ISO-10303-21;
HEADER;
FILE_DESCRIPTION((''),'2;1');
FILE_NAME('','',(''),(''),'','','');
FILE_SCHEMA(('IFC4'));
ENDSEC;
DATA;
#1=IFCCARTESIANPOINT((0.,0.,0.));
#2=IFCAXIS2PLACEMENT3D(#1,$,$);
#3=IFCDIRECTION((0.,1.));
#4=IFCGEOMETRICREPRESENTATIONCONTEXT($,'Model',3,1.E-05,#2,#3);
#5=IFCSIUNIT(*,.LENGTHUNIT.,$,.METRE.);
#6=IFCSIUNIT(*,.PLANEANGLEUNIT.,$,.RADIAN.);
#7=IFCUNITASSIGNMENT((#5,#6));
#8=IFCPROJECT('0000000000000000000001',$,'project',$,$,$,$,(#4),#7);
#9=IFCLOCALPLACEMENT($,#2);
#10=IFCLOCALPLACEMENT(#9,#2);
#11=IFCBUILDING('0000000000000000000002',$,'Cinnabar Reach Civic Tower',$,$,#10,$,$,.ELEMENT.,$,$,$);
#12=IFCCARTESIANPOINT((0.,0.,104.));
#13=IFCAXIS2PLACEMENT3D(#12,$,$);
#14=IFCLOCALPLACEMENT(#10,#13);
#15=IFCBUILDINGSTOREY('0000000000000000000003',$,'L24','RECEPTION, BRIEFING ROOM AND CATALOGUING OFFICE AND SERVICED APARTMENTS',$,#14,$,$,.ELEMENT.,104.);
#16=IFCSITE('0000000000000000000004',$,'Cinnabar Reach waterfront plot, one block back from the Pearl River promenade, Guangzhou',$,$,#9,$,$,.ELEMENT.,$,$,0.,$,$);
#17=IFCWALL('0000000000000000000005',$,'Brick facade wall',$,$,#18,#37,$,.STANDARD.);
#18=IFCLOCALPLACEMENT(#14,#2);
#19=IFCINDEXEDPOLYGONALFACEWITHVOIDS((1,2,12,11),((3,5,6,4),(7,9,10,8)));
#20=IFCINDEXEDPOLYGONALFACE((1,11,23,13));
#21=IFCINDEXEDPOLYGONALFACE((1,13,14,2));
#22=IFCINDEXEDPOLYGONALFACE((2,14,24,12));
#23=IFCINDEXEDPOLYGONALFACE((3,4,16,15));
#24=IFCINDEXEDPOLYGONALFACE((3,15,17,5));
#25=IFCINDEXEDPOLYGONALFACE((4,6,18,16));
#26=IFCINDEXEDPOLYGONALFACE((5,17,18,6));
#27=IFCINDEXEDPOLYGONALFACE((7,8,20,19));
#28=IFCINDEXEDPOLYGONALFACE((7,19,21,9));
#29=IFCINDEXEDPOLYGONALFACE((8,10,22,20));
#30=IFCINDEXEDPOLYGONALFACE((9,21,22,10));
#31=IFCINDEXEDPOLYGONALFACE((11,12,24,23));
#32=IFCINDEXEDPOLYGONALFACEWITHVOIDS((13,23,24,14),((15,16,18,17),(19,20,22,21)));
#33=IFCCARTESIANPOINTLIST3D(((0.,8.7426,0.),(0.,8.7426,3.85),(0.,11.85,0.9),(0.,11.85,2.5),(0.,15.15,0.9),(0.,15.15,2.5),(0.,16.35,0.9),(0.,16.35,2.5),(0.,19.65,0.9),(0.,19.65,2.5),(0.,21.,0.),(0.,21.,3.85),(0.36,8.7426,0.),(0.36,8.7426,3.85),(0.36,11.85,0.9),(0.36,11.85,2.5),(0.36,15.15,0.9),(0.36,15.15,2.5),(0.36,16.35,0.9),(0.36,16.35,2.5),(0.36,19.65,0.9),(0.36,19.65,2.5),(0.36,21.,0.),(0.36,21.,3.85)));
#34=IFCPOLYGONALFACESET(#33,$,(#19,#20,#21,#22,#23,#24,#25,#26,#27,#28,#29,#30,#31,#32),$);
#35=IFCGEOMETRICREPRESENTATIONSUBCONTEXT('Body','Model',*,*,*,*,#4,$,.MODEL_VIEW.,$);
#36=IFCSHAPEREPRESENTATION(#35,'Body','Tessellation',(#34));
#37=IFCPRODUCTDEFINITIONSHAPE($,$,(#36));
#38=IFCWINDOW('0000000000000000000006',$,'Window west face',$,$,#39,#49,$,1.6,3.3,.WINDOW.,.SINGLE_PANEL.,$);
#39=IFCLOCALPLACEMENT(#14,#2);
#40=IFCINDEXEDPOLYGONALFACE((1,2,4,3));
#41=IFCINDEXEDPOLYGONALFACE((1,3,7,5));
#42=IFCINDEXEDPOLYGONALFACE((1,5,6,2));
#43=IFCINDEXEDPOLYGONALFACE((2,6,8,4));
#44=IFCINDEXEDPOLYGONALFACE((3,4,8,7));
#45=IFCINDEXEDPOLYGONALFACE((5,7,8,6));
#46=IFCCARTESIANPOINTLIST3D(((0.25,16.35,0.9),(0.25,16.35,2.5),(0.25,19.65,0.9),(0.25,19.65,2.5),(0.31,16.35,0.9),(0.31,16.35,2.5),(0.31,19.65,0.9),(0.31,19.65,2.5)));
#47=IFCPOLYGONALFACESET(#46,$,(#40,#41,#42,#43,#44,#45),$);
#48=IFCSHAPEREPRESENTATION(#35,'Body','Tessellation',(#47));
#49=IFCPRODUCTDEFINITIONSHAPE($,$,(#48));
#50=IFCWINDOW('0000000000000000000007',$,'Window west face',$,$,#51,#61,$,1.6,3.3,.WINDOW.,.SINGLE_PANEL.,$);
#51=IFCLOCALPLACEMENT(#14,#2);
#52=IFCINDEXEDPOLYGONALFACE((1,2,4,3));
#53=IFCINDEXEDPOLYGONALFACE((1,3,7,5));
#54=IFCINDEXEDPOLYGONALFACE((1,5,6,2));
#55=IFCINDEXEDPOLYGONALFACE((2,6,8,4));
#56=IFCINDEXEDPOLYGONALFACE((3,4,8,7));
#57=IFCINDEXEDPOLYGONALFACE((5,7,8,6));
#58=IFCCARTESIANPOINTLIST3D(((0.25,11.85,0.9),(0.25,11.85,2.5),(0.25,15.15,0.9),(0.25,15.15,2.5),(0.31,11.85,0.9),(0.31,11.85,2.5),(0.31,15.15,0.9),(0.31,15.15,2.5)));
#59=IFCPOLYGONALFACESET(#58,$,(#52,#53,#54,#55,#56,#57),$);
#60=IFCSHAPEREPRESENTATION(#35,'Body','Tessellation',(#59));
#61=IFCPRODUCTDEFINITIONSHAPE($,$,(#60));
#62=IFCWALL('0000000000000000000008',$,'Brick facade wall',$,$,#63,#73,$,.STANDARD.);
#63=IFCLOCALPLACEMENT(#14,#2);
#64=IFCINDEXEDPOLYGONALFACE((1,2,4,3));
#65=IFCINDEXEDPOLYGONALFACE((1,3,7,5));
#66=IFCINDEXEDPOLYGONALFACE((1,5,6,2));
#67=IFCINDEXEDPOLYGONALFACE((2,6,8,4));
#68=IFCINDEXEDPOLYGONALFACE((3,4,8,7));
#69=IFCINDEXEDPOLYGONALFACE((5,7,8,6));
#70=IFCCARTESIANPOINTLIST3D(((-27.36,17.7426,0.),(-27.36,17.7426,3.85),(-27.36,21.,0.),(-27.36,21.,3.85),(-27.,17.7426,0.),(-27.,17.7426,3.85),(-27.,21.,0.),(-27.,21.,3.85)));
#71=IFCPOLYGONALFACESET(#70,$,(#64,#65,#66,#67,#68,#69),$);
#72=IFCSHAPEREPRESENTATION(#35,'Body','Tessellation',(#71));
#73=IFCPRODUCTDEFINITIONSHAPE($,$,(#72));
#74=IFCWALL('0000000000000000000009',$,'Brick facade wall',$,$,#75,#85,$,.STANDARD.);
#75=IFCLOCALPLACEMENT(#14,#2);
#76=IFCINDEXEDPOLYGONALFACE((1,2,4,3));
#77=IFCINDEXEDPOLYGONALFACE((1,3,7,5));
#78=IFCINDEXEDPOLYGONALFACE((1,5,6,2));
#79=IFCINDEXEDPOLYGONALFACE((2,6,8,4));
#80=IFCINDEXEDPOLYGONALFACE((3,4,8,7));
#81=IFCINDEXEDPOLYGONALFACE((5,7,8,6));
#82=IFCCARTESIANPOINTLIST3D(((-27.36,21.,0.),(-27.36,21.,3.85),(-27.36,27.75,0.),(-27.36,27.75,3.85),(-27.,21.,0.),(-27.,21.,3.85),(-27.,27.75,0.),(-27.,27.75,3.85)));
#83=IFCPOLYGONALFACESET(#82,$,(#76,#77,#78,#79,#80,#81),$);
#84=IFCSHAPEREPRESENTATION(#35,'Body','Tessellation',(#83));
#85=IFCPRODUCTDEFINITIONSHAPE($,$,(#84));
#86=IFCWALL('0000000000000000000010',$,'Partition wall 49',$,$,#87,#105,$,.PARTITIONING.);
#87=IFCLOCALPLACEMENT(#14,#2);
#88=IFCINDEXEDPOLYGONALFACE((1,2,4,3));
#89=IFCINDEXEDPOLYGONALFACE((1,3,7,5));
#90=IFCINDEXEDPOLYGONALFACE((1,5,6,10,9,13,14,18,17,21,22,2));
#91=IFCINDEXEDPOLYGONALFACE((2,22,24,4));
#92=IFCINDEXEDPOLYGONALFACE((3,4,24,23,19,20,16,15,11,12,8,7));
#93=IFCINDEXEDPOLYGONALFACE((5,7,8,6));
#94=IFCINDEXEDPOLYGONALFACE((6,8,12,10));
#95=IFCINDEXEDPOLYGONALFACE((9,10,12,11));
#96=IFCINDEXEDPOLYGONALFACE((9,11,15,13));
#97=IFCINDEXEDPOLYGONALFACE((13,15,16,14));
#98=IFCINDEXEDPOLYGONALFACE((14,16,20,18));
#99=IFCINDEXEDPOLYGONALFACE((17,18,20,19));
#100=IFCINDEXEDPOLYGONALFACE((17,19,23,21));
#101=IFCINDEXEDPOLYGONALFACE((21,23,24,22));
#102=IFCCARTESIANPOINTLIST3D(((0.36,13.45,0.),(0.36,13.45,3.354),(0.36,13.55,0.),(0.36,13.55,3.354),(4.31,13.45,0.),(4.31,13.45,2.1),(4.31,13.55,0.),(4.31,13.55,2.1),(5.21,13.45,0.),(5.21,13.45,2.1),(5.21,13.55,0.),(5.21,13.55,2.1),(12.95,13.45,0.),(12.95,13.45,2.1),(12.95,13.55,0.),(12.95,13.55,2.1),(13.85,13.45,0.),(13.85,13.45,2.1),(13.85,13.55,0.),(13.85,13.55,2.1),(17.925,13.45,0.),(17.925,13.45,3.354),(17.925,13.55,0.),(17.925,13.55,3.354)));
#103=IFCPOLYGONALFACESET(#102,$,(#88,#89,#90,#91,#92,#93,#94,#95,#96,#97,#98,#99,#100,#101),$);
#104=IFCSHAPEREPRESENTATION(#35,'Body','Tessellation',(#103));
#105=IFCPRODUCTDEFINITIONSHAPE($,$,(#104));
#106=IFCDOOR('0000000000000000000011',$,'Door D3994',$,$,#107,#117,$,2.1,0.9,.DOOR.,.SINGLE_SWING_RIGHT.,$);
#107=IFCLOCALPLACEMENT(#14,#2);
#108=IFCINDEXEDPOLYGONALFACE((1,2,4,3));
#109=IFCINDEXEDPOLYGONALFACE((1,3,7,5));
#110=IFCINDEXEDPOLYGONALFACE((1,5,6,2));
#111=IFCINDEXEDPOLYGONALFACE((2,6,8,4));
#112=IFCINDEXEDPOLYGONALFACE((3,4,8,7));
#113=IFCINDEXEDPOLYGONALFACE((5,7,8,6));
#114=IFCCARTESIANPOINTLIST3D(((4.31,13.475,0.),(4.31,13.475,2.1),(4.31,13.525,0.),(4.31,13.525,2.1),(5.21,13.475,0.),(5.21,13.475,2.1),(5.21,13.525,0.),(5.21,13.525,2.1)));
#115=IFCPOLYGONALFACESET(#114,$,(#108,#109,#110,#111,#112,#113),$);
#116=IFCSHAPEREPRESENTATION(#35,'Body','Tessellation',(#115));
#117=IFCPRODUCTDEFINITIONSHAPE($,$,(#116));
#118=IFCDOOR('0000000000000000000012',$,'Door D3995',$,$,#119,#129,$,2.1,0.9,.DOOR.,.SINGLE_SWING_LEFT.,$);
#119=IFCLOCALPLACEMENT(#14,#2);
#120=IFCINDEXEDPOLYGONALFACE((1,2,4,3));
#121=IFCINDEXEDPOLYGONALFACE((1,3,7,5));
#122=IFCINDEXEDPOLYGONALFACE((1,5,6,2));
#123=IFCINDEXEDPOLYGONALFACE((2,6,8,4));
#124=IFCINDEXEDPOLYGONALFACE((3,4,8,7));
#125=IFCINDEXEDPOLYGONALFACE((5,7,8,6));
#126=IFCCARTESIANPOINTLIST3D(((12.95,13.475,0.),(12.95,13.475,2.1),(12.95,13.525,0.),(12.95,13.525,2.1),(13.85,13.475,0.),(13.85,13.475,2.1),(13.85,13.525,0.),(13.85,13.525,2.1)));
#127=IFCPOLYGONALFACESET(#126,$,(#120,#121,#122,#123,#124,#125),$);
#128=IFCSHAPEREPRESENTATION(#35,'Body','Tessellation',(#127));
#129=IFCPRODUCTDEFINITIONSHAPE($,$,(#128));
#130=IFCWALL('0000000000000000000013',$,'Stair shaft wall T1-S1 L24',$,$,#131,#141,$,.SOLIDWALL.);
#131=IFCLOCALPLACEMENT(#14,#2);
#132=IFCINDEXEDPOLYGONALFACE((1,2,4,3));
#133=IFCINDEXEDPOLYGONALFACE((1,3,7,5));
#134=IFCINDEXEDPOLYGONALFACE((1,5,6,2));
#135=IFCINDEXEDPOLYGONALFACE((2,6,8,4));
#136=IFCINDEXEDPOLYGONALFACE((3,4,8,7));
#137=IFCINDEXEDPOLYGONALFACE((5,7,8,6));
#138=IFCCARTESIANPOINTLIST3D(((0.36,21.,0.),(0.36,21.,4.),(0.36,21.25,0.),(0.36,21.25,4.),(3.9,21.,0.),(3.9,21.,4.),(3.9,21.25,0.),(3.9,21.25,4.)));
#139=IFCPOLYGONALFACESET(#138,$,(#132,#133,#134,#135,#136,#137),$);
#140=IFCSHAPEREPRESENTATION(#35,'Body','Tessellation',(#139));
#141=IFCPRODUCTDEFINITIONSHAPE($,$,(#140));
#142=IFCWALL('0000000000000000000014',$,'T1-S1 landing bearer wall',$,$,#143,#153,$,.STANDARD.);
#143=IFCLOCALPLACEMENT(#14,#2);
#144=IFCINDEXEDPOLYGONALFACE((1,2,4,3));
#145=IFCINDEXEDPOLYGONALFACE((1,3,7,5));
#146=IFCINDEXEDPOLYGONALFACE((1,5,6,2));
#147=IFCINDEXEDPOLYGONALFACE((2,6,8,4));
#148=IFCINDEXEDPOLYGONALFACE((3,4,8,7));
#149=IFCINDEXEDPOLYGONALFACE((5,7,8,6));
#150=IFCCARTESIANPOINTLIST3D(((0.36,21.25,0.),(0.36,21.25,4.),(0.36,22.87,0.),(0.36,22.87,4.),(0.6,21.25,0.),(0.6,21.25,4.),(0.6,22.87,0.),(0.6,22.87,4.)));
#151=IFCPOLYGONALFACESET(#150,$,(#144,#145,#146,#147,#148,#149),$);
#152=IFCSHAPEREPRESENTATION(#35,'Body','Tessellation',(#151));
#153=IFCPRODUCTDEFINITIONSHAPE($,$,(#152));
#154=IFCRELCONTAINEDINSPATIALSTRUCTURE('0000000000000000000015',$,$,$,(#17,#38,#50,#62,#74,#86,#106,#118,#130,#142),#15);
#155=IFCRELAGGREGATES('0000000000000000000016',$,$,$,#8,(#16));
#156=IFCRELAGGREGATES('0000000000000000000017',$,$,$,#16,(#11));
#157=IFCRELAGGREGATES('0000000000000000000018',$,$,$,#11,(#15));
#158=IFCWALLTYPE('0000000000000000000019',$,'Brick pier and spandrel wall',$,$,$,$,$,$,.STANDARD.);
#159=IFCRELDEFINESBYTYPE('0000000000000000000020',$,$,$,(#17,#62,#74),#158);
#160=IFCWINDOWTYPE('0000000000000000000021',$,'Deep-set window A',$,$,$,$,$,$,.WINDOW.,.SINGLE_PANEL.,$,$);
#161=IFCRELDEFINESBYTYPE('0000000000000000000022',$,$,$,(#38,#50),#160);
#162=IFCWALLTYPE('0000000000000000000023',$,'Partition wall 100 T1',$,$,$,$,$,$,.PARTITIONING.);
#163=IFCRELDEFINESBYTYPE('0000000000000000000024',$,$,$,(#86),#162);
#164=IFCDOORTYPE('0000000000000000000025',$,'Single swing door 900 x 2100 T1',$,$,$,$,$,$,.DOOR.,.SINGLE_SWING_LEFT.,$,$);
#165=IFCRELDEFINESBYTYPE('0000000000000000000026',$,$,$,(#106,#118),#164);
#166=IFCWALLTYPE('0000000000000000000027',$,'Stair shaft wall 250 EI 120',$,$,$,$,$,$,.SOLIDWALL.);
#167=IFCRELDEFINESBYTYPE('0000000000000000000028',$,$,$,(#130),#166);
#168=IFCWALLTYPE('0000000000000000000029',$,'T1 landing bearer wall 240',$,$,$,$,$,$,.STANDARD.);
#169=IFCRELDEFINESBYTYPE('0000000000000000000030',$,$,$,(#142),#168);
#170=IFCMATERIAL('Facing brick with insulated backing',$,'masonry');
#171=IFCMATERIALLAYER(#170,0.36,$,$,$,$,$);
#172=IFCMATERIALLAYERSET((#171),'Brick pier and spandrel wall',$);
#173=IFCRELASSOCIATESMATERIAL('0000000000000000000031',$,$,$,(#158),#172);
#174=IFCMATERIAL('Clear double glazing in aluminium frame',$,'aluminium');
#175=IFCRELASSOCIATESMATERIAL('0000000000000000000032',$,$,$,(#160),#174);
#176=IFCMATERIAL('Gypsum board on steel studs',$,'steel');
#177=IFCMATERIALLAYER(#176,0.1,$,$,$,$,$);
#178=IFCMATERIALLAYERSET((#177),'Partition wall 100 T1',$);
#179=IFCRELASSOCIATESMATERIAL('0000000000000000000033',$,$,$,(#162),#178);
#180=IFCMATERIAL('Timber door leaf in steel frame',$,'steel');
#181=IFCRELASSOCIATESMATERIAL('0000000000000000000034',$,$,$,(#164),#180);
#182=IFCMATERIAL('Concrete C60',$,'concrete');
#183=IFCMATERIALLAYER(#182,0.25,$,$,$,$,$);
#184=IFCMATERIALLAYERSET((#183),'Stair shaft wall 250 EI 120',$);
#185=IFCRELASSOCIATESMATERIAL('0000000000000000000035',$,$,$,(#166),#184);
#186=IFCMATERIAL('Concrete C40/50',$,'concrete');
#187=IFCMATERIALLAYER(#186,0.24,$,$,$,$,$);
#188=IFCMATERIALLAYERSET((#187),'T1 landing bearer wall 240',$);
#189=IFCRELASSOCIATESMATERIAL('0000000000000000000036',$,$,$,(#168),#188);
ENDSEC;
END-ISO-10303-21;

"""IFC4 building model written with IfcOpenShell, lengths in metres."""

from ifc_helpers import new_model, si_unit, direction, frame, frame_2d, origin, place, context, subcontext, project, spatial, rectangle, extrude, material, layer, layer_set, type_object, element, fill, save


model = new_model("IFC4")

# Units and contexts
model_context = context("Model", 3, precision=1e-05, world=origin(), true_north=direction((0.0, 1.0)))
body_context = subcontext(model_context, "Body", "Model", "MODEL_VIEW")
ifc_project = project(units=[si_unit("LENGTHUNIT", "METRE"), si_unit("PLANEANGLEUNIT", "RADIAN")], contexts=[model_context])

# Site, building, storey
site_placement = place(None, origin())
site = spatial("IfcSite", under=ifc_project, at=site_placement, Name="Cinnabar Reach waterfront plot, one block back from the Pearl River promenade, Guangzhou", CompositionType="ELEMENT", RefElevation=0.0)
building_placement = place(site_placement, origin())
building = spatial("IfcBuilding", under=site, at=building_placement, Name="Cinnabar Reach Civic Tower", CompositionType="ELEMENT")
storey_placement = place(building_placement, frame((0.0, 0.0, 104.0)))
storey = spatial("IfcBuildingStorey", under=building, at=storey_placement, Name="L24", Description="RECEPTION, BRIEFING ROOM AND CATALOGUING OFFICE AND SERVICED APARTMENTS", CompositionType="ELEMENT", Elevation=104.0)

# Shared definitions
ifc_material_1 = material(Name="Concrete C40/50", Category="concrete")

# Shared definitions
ifc_material_2 = material(Name="Facing brick with insulated backing", Category="masonry")

# Wall, openings, windows
ifc_layer_1 = layer(ifc_material_2, 0.36)
ifc_layer_set_1 = layer_set([ifc_layer_1], Name="Brick pier and spandrel wall")
wall_type_1 = type_object("IfcWallType", Name="Brick pier and spandrel wall", PredefinedType="STANDARD", material=ifc_layer_set_1)
wall_1_placement = place(storey_placement, frame((0.18, 21.0, 0.0), z_axis=(0.0, 0.0, 1.0), x_axis=(0.0, -1.0, 0.0)))
wall_1 = element("IfcWall", 1, at=wall_1_placement, inside=storey, type_object=wall_type_1, Name="Brick facade wall", PredefinedType="STANDARD", context=body_context, shape_type="SweptSolid", body=[
    extrude(rectangle(XDim=12.2574, YDim=0.36, at=frame_2d((6.1287, 0.0))), origin(), (0.0, 0.0, 1.0), 3.85),
])
opening_1_placement = place(wall_1_placement, frame((1.35, 0.0, 0.9)))
opening_1 = element("IfcOpeningElement", 2, at=opening_1_placement, cuts=wall_1, PredefinedType="OPENING", context=body_context, shape_type="SweptSolid", body=[
    extrude(rectangle(XDim=3.3, YDim=1.6, at=frame_2d((1.65, 0.8))), frame((0.0, 0.19, 0.0), z_axis=(0.0, -1.0, 0.0), x_axis=(1.0, 0.0, 0.0)), (0.0, 0.0, 1.0), 0.38),
])
opening_2_placement = place(wall_1_placement, frame((5.85, 0.0, 0.9)))
opening_2 = element("IfcOpeningElement", 3, at=opening_2_placement, cuts=wall_1, PredefinedType="OPENING", context=body_context, shape_type="SweptSolid", body=[
    extrude(rectangle(XDim=3.3, YDim=1.6, at=frame_2d((1.65, 0.8))), frame((0.0, 0.19, 0.0), z_axis=(0.0, -1.0, 0.0), x_axis=(1.0, 0.0, 0.0)), (0.0, 0.0, 1.0), 0.38),
])
ifc_material_3 = material(Name="Clear double glazing in aluminium frame", Category="aluminium")
window_type = type_object("IfcWindowType", Name="Deep-set window A", PartitioningType="SINGLE_PANEL", PredefinedType="WINDOW", material=ifc_material_3)
window_1_placement = place(opening_1_placement, origin())
window_1 = element("IfcWindow", 4, at=window_1_placement, inside=storey, type_object=window_type, Name="Window west face", OverallHeight=1.6, OverallWidth=3.3, PartitioningType="SINGLE_PANEL", PredefinedType="WINDOW", context=body_context, shape_type="SweptSolid", body=[
    extrude(rectangle(XDim=3.3, YDim=1.6, at=frame_2d((1.65, 0.8))), frame((0.0, 0.13, 0.0), z_axis=(0.0, -1.0, 0.0), x_axis=(1.0, 0.0, 0.0)), (0.0, 0.0, 1.0), 0.06),
])
fill(opening_1, window_1)
window_2_placement = place(opening_2_placement, origin())
window_2 = element("IfcWindow", 5, at=window_2_placement, inside=storey, type_object=window_type, Name="Window west face", OverallHeight=1.6, OverallWidth=3.3, PartitioningType="SINGLE_PANEL", PredefinedType="WINDOW", context=body_context, shape_type="SweptSolid", body=[
    extrude(rectangle(XDim=3.3, YDim=1.6, at=frame_2d((1.65, 0.8))), frame((0.0, 0.13, 0.0), z_axis=(0.0, -1.0, 0.0), x_axis=(1.0, 0.0, 0.0)), (0.0, 0.0, 1.0), 0.06),
])
fill(opening_2, window_2)

# Walls
wall_2_placement = place(storey_placement, frame((-27.18, 17.7426, 0.0), z_axis=(0.0, 0.0, 1.0), x_axis=(0.0, 1.0, 0.0)))
element("IfcWall", 6, at=wall_2_placement, inside=storey, type_object=wall_type_1, Name="Brick facade wall", PredefinedType="STANDARD", context=body_context, shape_type="SweptSolid", body=[
    extrude(rectangle(XDim=3.2574, YDim=0.36, at=frame_2d((1.6287, 0.0))), origin(), (0.0, 0.0, 1.0), 3.85),
])
wall_3_placement = place(storey_placement, frame((-27.18, 21.0, 0.0), z_axis=(0.0, 0.0, 1.0), x_axis=(0.0, 1.0, 0.0)))
element("IfcWall", 7, at=wall_3_placement, inside=storey, type_object=wall_type_1, Name="Brick facade wall", PredefinedType="STANDARD", context=body_context, shape_type="SweptSolid", body=[
    extrude(rectangle(XDim=6.75, YDim=0.36, at=frame_2d((3.375, 0.0))), origin(), (0.0, 0.0, 1.0), 3.85),
])

# Wall, openings, doors
ifc_material_4 = material(Name="Gypsum board on steel studs", Category="steel")
ifc_layer_2 = layer(ifc_material_4, 0.1)
ifc_layer_set_2 = layer_set([ifc_layer_2], Name="Partition wall 100 T1")
wall_type_2 = type_object("IfcWallType", Name="Partition wall 100 T1", PredefinedType="PARTITIONING", material=ifc_layer_set_2)
wall_4_placement = place(storey_placement, frame((0.36, 13.5, 0.0), z_axis=(0.0, 0.0, 1.0), x_axis=(1.0, 0.0, 0.0)))
wall_4 = element("IfcWall", 8, at=wall_4_placement, inside=storey, type_object=wall_type_2, Name="Partition wall 49", PredefinedType="PARTITIONING", context=body_context, shape_type="SweptSolid", body=[
    extrude(rectangle(XDim=17.565, YDim=0.1, at=frame_2d((8.7825, 0.0))), origin(), (0.0, 0.0, 1.0), 3.354),
])
opening_3_placement = place(wall_4_placement, frame((3.95, 0.0, 0.0)))
opening_3 = element("IfcOpeningElement", 9, at=opening_3_placement, cuts=wall_4, PredefinedType="OPENING", context=body_context, shape_type="SweptSolid", body=[
    extrude(rectangle(XDim=0.9, YDim=2.1, at=frame_2d((0.45, 1.05))), frame((0.0, 0.06, 0.0), z_axis=(0.0, -1.0, 0.0), x_axis=(1.0, 0.0, 0.0)), (0.0, 0.0, 1.0), 0.12),
])
opening_4_placement = place(wall_4_placement, frame((12.59, 0.0, 0.0)))
opening_4 = element("IfcOpeningElement", 10, at=opening_4_placement, cuts=wall_4, PredefinedType="OPENING", context=body_context, shape_type="SweptSolid", body=[
    extrude(rectangle(XDim=0.9, YDim=2.1, at=frame_2d((0.45, 1.05))), frame((0.0, 0.06, 0.0), z_axis=(0.0, -1.0, 0.0), x_axis=(1.0, 0.0, 0.0)), (0.0, 0.0, 1.0), 0.12),
])
ifc_material_5 = material(Name="Timber door leaf in steel frame", Category="steel")
door_type = type_object("IfcDoorType", Name="Single swing door 900 x 2100 T1", OperationType="SINGLE_SWING_LEFT", PredefinedType="DOOR", material=ifc_material_5)
door_1_placement = place(opening_3_placement, frame((0.9, 0.0, 0.0), z_axis=(0.0, 0.0, 1.0), x_axis=(-1.0, 0.0, 0.0)))
door_1 = element("IfcDoor", 11, at=door_1_placement, inside=storey, type_object=door_type, Name="Door D3994", OperationType="SINGLE_SWING_RIGHT", OverallHeight=2.1, OverallWidth=0.9, PredefinedType="DOOR", context=body_context, shape_type="SweptSolid", body=[
    extrude(rectangle(XDim=0.9, YDim=2.1, at=frame_2d((0.45, 1.05))), frame((0.0, 0.025, 0.0), z_axis=(0.0, -1.0, 0.0), x_axis=(1.0, 0.0, 0.0)), (0.0, 0.0, 1.0), 0.05),
])
fill(opening_3, door_1)
door_2_placement = place(opening_4_placement, frame((0.9, 0.0, 0.0), z_axis=(0.0, 0.0, 1.0), x_axis=(-1.0, 0.0, 0.0)))
door_2 = element("IfcDoor", 12, at=door_2_placement, inside=storey, type_object=door_type, Name="Door D3995", OperationType="SINGLE_SWING_LEFT", OverallHeight=2.1, OverallWidth=0.9, PredefinedType="DOOR", context=body_context, shape_type="SweptSolid", body=[
    extrude(rectangle(XDim=0.9, YDim=2.1, at=frame_2d((0.45, 1.05))), frame((0.0, 0.025, 0.0), z_axis=(0.0, -1.0, 0.0), x_axis=(1.0, 0.0, 0.0)), (0.0, 0.0, 1.0), 0.05),
])
fill(opening_4, door_2)

# Walls
ifc_material_6 = material(Name="Concrete C60", Category="concrete")
ifc_layer_3 = layer(ifc_material_6, 0.25)
ifc_layer_set_3 = layer_set([ifc_layer_3], Name="Stair shaft wall 250 EI 120")
wall_type_3 = type_object("IfcWallType", Name="Stair shaft wall 250 EI 120", PredefinedType="SOLIDWALL", material=ifc_layer_set_3)
wall_5_placement = place(storey_placement, frame((0.36, 21.125, 0.0), z_axis=(0.0, 0.0, 1.0), x_axis=(1.0, 0.0, 0.0)))
element("IfcWall", 13, at=wall_5_placement, inside=storey, type_object=wall_type_3, Name="Stair shaft wall T1-S1 L24", PredefinedType="SOLIDWALL", context=body_context, shape_type="SweptSolid", body=[
    extrude(rectangle(XDim=3.54, YDim=0.25, at=frame_2d((1.77, 0.0))), origin(), (0.0, 0.0, 1.0), 4.0),
])
ifc_layer_4 = layer(ifc_material_1, 0.24)
ifc_layer_set_4 = layer_set([ifc_layer_4], Name="T1 landing bearer wall 240")
wall_type_4 = type_object("IfcWallType", Name="T1 landing bearer wall 240", PredefinedType="STANDARD", material=ifc_layer_set_4)
wall_6_placement = place(storey_placement, frame((0.48, 21.25, 0.0), z_axis=(0.0, 0.0, 1.0), x_axis=(0.0, 1.0, 0.0)))
element("IfcWall", 14, at=wall_6_placement, inside=storey, type_object=wall_type_4, Name="T1-S1 landing bearer wall", PredefinedType="STANDARD", context=body_context, shape_type="SweptSolid", body=[
    extrude(rectangle(XDim=1.62, YDim=0.24, at=frame_2d((0.81, 0.0))), origin(), (0.0, 0.0, 1.0), 4.0),
])

save(model, "model.ifc")
